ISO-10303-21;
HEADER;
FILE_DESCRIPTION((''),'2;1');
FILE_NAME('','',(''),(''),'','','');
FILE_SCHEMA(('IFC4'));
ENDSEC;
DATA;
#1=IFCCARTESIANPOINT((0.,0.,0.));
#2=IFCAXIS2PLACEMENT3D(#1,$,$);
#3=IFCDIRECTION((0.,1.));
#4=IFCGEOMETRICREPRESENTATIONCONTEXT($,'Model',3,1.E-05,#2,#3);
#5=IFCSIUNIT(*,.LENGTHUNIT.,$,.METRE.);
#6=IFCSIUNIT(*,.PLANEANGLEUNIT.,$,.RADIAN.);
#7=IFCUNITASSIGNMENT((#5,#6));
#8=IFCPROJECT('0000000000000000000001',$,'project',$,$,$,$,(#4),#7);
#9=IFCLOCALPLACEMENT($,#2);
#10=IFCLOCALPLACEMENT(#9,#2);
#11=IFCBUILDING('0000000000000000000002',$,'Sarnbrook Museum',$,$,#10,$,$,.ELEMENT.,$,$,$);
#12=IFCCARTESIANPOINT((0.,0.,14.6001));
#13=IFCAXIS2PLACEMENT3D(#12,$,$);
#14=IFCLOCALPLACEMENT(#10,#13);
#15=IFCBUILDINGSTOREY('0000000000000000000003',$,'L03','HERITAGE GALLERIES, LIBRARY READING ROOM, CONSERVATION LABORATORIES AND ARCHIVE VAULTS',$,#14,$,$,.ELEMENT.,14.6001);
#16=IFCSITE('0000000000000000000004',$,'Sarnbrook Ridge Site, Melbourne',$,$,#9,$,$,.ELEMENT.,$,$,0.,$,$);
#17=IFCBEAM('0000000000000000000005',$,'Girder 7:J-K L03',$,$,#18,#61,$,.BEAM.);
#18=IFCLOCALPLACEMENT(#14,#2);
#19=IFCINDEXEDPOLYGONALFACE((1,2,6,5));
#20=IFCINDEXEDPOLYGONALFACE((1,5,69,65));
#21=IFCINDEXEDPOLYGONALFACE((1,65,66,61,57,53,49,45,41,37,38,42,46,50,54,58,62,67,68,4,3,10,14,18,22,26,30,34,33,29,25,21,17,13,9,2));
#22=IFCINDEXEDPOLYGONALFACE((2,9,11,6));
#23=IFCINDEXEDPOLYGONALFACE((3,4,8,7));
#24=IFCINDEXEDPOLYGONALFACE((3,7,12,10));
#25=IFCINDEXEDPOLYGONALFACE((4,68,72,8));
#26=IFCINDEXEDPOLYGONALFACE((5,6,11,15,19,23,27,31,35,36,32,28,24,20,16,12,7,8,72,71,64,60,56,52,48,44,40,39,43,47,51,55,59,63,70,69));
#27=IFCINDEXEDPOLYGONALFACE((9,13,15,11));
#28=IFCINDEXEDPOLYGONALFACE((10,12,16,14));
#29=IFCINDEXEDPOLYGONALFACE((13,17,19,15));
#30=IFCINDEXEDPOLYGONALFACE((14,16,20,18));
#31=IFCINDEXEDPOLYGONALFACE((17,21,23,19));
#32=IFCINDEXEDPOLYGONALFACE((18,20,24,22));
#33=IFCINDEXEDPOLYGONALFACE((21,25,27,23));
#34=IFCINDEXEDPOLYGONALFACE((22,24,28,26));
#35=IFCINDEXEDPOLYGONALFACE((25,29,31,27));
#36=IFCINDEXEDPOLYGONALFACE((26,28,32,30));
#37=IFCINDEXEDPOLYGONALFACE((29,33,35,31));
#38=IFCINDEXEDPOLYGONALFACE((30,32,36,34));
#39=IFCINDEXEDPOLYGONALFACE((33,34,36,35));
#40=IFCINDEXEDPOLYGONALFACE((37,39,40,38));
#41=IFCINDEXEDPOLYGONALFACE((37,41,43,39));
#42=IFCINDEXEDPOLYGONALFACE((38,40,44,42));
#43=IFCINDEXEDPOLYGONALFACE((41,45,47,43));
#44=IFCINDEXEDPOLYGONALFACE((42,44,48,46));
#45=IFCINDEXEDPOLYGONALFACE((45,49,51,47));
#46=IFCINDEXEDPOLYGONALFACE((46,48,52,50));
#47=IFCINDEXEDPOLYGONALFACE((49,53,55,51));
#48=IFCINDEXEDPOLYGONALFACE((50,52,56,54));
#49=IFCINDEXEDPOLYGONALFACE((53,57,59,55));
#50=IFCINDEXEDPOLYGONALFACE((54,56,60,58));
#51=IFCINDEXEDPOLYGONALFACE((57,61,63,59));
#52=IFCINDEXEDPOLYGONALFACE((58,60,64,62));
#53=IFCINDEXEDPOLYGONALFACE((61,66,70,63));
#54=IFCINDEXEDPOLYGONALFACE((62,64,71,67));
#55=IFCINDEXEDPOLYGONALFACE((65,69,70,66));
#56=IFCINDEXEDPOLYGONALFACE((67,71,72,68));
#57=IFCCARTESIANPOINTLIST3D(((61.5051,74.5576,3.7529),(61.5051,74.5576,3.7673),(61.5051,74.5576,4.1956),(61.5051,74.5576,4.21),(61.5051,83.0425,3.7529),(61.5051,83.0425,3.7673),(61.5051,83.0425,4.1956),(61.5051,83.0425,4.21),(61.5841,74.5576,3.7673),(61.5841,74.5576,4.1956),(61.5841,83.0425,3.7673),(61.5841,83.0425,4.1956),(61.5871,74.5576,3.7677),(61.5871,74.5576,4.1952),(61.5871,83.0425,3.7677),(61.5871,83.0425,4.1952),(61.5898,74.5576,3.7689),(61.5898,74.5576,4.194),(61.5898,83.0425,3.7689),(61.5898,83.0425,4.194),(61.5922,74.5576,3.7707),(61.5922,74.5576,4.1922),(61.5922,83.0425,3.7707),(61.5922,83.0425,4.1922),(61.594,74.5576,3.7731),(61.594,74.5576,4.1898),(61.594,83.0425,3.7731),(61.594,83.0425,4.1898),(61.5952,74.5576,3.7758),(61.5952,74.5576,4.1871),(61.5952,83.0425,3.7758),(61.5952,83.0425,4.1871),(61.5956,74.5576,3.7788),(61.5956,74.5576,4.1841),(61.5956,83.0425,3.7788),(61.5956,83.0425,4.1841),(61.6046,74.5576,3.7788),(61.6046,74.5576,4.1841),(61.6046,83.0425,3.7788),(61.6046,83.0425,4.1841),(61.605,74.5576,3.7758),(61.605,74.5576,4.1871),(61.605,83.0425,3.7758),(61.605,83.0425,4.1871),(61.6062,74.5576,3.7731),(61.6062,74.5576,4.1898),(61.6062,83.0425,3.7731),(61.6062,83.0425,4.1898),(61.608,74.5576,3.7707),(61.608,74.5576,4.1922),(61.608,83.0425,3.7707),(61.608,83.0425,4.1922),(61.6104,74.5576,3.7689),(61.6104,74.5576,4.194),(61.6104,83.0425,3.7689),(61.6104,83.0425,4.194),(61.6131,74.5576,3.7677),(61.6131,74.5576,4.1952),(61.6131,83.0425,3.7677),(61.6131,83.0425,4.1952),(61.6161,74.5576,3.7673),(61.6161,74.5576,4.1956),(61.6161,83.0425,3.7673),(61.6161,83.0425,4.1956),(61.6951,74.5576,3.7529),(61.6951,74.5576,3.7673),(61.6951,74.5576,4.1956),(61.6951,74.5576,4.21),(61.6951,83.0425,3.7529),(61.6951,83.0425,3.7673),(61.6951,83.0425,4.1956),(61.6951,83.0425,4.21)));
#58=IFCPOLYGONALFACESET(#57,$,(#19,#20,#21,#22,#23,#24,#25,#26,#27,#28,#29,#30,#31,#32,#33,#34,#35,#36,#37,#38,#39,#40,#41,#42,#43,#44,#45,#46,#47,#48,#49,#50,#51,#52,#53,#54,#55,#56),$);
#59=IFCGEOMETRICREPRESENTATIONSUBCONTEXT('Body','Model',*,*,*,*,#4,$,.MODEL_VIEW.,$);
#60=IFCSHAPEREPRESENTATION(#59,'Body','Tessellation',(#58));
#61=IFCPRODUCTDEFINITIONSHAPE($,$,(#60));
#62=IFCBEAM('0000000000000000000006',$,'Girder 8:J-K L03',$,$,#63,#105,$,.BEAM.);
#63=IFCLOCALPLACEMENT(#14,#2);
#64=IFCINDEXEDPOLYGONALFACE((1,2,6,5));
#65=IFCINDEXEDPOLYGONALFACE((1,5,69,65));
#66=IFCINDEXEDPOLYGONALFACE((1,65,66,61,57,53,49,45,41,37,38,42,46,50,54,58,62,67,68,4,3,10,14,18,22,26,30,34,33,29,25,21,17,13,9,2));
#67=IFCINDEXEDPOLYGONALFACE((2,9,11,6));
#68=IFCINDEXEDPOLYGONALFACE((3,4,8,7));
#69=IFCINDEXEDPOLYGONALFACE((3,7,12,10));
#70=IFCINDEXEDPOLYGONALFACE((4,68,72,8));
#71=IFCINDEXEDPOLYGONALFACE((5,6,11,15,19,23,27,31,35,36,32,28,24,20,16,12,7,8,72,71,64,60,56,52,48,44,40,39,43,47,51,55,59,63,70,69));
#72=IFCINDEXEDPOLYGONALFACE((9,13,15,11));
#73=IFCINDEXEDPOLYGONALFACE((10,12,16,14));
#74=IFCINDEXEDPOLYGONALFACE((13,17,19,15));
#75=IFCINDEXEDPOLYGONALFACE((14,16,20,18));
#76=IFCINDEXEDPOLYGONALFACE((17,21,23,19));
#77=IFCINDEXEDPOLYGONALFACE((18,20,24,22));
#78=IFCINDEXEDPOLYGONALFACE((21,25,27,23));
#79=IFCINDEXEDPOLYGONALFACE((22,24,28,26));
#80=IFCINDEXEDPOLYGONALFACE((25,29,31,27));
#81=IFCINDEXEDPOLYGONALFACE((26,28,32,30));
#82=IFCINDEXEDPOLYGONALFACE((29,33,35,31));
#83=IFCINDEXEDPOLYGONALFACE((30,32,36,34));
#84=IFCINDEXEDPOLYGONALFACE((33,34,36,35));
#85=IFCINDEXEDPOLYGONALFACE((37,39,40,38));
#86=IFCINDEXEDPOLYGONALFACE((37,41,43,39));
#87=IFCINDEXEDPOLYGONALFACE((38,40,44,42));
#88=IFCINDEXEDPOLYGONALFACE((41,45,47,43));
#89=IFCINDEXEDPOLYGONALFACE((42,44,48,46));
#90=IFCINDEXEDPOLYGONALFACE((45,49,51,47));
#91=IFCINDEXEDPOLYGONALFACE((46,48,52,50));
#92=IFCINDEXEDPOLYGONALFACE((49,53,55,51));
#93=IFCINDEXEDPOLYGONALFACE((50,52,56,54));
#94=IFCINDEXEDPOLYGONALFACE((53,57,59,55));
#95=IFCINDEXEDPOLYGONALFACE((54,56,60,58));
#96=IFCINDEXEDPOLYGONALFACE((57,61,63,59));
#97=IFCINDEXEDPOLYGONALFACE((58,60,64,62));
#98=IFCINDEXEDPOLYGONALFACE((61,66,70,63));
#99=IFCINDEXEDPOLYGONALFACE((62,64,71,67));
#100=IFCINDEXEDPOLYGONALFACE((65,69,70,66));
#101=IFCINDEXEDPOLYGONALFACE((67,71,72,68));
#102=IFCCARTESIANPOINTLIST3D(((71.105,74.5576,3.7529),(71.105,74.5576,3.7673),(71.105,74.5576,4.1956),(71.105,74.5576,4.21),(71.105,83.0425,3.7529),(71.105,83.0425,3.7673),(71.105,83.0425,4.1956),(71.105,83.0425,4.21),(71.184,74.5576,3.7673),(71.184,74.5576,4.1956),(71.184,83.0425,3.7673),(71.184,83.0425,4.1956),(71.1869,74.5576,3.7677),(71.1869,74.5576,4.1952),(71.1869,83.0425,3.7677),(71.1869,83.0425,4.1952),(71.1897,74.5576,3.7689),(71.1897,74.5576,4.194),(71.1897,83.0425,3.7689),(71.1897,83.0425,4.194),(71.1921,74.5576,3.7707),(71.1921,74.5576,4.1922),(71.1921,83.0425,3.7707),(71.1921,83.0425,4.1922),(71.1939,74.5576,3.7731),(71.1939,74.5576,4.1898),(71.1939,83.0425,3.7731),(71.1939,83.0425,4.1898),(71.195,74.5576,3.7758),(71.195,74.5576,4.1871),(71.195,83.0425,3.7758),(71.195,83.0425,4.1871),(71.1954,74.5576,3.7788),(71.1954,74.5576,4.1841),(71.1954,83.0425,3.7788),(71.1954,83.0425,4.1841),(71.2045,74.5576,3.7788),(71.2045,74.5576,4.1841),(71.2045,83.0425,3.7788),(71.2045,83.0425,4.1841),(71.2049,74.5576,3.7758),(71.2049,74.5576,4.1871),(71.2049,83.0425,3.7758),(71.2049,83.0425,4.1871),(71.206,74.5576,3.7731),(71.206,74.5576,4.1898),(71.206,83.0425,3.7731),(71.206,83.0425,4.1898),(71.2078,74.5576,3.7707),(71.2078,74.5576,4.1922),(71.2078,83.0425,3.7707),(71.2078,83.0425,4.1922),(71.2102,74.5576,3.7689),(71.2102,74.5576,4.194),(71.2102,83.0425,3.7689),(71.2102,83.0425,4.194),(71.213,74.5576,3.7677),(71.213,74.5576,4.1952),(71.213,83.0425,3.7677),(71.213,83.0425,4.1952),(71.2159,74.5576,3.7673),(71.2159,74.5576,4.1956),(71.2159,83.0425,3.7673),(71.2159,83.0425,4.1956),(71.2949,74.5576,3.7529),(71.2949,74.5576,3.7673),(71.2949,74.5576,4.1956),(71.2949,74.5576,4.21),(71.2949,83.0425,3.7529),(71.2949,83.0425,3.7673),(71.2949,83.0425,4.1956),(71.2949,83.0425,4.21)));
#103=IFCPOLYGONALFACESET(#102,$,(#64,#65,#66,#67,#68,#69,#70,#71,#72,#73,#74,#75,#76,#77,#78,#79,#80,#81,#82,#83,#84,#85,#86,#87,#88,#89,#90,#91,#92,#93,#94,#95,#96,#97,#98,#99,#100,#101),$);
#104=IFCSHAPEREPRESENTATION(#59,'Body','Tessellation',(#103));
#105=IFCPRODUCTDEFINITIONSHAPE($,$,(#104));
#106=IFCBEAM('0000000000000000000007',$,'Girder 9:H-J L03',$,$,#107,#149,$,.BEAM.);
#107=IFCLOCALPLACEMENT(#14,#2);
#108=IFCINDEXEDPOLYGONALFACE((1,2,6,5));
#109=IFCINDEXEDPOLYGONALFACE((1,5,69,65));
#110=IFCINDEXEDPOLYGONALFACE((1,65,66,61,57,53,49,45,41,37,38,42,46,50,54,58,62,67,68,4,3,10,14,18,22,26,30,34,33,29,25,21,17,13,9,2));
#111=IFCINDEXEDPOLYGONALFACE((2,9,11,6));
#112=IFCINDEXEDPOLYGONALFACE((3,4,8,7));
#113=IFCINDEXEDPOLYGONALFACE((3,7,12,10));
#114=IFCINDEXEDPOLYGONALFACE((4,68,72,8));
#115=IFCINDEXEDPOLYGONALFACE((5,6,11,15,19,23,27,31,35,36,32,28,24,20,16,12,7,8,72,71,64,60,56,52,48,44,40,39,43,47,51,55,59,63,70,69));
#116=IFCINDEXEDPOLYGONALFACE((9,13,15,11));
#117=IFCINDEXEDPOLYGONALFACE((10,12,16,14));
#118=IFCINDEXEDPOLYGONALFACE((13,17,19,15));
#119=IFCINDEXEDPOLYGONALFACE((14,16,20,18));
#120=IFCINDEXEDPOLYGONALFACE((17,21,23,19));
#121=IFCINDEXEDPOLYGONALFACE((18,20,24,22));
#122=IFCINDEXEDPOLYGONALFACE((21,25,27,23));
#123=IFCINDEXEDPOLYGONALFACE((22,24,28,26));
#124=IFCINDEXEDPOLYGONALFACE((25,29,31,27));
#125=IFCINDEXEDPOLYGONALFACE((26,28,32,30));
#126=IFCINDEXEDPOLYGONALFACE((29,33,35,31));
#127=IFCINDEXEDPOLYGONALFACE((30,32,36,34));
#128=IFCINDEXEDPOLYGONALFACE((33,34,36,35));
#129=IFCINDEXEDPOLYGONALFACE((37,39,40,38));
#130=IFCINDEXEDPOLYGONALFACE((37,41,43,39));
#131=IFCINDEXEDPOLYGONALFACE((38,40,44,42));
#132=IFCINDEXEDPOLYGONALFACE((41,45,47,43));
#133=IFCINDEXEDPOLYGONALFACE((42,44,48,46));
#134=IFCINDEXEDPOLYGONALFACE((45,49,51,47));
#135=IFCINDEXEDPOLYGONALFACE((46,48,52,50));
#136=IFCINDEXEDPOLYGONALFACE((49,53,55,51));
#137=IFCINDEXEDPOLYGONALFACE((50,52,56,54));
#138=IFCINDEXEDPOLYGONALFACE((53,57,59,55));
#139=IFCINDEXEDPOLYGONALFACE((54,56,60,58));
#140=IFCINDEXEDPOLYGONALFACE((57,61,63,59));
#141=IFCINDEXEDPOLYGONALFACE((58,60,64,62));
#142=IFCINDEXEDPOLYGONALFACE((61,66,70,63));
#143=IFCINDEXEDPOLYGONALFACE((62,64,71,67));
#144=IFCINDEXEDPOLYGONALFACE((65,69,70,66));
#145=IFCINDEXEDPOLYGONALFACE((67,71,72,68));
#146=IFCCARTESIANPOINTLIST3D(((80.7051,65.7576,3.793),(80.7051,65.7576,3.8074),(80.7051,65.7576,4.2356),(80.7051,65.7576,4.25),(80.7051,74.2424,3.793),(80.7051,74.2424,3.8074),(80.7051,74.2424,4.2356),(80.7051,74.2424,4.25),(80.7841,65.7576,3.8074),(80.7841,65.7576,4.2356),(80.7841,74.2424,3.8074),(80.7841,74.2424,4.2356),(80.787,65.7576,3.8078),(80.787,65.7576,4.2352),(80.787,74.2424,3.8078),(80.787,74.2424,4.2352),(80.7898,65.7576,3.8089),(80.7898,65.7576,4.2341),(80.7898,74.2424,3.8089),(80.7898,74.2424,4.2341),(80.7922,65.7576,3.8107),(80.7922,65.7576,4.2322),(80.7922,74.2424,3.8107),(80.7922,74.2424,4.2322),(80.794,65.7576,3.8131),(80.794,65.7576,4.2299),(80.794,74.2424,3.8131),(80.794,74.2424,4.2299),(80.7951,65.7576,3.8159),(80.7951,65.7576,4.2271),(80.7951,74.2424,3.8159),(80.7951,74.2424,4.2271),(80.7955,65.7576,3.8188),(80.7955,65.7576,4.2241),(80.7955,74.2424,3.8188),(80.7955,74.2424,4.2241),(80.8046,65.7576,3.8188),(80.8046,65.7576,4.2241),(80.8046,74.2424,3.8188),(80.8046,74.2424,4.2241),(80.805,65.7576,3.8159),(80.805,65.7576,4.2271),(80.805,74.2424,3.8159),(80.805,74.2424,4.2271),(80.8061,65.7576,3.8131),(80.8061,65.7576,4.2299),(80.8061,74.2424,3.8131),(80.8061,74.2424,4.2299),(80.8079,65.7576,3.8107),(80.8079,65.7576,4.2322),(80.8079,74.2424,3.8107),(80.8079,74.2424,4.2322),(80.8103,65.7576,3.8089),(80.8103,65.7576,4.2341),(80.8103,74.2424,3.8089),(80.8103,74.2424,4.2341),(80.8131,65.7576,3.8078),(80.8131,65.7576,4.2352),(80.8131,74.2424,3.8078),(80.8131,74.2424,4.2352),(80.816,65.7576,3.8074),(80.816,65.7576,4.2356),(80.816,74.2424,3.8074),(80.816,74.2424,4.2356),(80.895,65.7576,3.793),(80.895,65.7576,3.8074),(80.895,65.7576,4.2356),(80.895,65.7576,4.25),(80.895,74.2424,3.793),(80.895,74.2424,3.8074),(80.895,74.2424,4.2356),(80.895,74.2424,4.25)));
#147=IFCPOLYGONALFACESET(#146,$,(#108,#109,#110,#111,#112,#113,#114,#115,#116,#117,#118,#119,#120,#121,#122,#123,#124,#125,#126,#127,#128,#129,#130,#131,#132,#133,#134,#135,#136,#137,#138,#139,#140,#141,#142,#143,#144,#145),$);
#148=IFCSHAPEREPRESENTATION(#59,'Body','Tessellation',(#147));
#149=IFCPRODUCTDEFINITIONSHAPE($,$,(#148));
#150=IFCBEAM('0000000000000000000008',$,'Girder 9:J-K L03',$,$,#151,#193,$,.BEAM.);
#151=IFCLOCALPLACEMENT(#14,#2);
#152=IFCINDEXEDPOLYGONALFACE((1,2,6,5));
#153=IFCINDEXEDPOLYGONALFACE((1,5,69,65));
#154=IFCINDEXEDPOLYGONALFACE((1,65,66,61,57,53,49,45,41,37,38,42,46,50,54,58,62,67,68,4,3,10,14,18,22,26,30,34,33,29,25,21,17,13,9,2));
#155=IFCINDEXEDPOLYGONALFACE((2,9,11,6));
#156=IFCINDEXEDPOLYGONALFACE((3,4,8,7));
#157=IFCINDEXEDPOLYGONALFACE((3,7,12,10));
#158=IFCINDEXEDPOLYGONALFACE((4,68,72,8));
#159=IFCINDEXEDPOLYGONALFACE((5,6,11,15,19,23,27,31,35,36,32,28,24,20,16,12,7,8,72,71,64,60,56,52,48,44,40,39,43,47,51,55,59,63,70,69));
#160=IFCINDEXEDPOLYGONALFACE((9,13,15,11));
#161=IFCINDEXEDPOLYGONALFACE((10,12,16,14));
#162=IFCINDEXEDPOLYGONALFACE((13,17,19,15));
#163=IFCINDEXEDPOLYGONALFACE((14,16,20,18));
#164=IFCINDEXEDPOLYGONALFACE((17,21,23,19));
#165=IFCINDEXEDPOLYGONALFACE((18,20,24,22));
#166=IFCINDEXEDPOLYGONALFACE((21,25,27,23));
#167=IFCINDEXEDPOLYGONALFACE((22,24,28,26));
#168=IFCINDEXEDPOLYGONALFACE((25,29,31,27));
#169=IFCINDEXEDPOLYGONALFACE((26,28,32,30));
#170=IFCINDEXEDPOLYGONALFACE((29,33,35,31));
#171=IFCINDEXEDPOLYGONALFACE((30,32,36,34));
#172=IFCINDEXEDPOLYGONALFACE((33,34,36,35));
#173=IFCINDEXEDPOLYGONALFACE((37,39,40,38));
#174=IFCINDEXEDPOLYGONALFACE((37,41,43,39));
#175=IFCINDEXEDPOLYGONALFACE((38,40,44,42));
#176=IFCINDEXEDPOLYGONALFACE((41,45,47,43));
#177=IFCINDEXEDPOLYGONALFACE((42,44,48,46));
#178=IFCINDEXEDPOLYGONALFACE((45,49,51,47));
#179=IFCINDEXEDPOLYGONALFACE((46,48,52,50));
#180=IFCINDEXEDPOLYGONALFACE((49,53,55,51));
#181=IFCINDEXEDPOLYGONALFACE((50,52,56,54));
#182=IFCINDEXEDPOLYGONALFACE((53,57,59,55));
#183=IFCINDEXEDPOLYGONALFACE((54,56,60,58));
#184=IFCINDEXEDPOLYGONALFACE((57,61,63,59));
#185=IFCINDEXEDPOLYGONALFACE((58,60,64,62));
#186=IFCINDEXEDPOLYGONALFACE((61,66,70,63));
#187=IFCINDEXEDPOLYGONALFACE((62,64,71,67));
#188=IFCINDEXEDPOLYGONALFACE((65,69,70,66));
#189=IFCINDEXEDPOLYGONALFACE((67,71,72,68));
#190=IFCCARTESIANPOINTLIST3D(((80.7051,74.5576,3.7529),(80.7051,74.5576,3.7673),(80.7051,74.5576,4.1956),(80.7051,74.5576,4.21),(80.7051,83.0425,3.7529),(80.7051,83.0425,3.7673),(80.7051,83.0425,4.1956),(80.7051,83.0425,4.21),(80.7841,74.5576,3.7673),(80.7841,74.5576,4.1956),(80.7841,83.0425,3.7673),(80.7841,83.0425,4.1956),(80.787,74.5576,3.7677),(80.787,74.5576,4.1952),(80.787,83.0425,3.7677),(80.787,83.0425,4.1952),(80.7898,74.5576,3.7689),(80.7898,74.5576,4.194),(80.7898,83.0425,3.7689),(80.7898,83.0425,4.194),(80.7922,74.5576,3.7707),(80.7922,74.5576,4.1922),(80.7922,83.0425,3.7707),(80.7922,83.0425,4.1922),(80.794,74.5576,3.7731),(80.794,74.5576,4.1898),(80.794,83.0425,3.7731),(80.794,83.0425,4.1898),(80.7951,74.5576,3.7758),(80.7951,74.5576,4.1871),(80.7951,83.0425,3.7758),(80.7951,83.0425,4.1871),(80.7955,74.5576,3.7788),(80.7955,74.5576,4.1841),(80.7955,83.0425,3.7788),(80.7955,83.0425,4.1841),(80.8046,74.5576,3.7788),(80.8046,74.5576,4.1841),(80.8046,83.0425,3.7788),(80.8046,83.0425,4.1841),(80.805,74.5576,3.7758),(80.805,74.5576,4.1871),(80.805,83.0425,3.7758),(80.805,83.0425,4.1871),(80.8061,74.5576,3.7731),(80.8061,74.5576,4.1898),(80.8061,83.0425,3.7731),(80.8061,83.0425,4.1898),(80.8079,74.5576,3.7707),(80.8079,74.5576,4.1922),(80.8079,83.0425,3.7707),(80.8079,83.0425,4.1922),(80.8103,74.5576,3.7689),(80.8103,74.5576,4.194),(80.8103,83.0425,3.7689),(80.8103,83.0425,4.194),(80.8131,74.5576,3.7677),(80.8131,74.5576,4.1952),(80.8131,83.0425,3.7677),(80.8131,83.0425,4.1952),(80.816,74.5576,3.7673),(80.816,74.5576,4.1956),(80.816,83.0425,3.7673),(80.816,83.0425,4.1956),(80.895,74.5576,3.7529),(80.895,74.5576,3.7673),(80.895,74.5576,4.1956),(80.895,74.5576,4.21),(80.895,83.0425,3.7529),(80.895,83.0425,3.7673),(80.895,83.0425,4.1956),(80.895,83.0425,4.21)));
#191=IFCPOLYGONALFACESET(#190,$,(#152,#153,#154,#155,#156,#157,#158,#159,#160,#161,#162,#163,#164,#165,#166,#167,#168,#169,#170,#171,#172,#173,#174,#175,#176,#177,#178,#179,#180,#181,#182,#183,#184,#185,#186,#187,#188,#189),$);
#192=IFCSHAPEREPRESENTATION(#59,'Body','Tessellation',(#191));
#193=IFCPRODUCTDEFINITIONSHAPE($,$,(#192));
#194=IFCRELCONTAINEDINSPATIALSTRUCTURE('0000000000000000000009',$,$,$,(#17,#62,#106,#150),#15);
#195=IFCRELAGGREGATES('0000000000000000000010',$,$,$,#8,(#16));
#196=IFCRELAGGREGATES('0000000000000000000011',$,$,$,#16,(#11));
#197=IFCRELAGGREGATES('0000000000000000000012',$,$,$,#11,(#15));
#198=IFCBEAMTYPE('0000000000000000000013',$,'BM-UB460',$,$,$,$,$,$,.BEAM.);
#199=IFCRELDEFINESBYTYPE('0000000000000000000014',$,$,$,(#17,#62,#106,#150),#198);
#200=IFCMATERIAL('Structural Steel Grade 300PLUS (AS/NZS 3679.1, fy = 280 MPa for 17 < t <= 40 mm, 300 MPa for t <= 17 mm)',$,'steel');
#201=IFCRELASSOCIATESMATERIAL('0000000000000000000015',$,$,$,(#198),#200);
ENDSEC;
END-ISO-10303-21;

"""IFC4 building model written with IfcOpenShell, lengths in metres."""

from ifc_helpers import new_model, si_unit, direction, frame, origin, origin_2d, place, context, subcontext, project, spatial, i_section, extrude, material, material_profile, profile_set, type_object, element, save


model = new_model("IFC4")

# Units and contexts
model_context = context("Model", 3, precision=1e-05, world=origin(), true_north=direction((0.0, 1.0)))
body_context = subcontext(model_context, "Body", "Model", "MODEL_VIEW")
ifc_project = project(units=[si_unit("LENGTHUNIT", "METRE"), si_unit("PLANEANGLEUNIT", "RADIAN")], contexts=[model_context])

# Site, building, storey
site_placement = place(None, origin())
site = spatial("IfcSite", under=ifc_project, at=site_placement, Name="Sarnbrook Ridge Site, Melbourne", CompositionType="ELEMENT", RefElevation=0.0)
building_placement = place(site_placement, origin())
building = spatial("IfcBuilding", under=site, at=building_placement, Name="Sarnbrook Museum", CompositionType="ELEMENT")
storey_placement = place(building_placement, frame((0.0, 0.0, 14.6001)))
storey = spatial("IfcBuildingStorey", under=building, at=storey_placement, Name="L03", Description="HERITAGE GALLERIES, LIBRARY READING ROOM, CONSERVATION LABORATORIES AND ARCHIVE VAULTS", CompositionType="ELEMENT", Elevation=14.6001)

# Shared definitions
ifc_material_1 = material(Name="Structural Steel Grade 300PLUS (AS/NZS 3679.1, fy = 280 MPa for 17 < t <= 40 mm, 300 MPa for t <= 17 mm)", Category="steel")

# Beams
ifc_material_profile_1 = material_profile(ifc_material_1, i_section(OverallWidth=0.1899, OverallDepth=0.457, WebThickness=0.009, FlangeThickness=0.0144, FilletRadius=0.0115, at=origin_2d()), Name="460UB74.6")
ifc_profile_set_1 = profile_set([ifc_material_profile_1], Name="Structural Steel Grade 300PLUS (AS/NZS 3679.1, fy = 280 MPa for 17 < t <= 40 mm, 300 MPa for t <= 17 mm)")
beam_type_1 = type_object("IfcBeamType", Name="BM-UB460", PredefinedType="BEAM", material=ifc_profile_set_1)
for number, where, z_axis, x_axis, name in (
    (1, (61.6001, 74.5576, 3.9814), (0.0, 1.0, 0.0), (-1.0, 0.0, 0.0), "Girder 7:J-K L03"),
    (2, (71.2, 74.5576, 3.9814), (0.0, 1.0, 0.0), (-1.0, 0.0, 0.0), "Girder 8:J-K L03"),
    (3, (80.8, 65.7576, 4.0215), (0.0, 1.0, 0.0), (-1.0, 0.0, 0.0), "Girder 9:H-J L03"),
    (4, (80.8, 74.5576, 3.9814), (0.0, 1.0, 0.0), (-1.0, 0.0, 0.0), "Girder 9:J-K L03"),
):
    element("IfcBeam", number, at=place(storey_placement, frame(where, z_axis=z_axis, x_axis=x_axis)), inside=storey, type_object=beam_type_1, Name=name, PredefinedType="BEAM", context=body_context, shape_type="SweptSolid", body=[
        extrude(i_section(OverallWidth=0.1899, OverallDepth=0.457, WebThickness=0.009, FlangeThickness=0.0144, FilletRadius=0.0115, at=origin_2d()), origin(), (0.0, 0.0, 1.0), 8.4849),
    ])

save(model, "model.ifc")
